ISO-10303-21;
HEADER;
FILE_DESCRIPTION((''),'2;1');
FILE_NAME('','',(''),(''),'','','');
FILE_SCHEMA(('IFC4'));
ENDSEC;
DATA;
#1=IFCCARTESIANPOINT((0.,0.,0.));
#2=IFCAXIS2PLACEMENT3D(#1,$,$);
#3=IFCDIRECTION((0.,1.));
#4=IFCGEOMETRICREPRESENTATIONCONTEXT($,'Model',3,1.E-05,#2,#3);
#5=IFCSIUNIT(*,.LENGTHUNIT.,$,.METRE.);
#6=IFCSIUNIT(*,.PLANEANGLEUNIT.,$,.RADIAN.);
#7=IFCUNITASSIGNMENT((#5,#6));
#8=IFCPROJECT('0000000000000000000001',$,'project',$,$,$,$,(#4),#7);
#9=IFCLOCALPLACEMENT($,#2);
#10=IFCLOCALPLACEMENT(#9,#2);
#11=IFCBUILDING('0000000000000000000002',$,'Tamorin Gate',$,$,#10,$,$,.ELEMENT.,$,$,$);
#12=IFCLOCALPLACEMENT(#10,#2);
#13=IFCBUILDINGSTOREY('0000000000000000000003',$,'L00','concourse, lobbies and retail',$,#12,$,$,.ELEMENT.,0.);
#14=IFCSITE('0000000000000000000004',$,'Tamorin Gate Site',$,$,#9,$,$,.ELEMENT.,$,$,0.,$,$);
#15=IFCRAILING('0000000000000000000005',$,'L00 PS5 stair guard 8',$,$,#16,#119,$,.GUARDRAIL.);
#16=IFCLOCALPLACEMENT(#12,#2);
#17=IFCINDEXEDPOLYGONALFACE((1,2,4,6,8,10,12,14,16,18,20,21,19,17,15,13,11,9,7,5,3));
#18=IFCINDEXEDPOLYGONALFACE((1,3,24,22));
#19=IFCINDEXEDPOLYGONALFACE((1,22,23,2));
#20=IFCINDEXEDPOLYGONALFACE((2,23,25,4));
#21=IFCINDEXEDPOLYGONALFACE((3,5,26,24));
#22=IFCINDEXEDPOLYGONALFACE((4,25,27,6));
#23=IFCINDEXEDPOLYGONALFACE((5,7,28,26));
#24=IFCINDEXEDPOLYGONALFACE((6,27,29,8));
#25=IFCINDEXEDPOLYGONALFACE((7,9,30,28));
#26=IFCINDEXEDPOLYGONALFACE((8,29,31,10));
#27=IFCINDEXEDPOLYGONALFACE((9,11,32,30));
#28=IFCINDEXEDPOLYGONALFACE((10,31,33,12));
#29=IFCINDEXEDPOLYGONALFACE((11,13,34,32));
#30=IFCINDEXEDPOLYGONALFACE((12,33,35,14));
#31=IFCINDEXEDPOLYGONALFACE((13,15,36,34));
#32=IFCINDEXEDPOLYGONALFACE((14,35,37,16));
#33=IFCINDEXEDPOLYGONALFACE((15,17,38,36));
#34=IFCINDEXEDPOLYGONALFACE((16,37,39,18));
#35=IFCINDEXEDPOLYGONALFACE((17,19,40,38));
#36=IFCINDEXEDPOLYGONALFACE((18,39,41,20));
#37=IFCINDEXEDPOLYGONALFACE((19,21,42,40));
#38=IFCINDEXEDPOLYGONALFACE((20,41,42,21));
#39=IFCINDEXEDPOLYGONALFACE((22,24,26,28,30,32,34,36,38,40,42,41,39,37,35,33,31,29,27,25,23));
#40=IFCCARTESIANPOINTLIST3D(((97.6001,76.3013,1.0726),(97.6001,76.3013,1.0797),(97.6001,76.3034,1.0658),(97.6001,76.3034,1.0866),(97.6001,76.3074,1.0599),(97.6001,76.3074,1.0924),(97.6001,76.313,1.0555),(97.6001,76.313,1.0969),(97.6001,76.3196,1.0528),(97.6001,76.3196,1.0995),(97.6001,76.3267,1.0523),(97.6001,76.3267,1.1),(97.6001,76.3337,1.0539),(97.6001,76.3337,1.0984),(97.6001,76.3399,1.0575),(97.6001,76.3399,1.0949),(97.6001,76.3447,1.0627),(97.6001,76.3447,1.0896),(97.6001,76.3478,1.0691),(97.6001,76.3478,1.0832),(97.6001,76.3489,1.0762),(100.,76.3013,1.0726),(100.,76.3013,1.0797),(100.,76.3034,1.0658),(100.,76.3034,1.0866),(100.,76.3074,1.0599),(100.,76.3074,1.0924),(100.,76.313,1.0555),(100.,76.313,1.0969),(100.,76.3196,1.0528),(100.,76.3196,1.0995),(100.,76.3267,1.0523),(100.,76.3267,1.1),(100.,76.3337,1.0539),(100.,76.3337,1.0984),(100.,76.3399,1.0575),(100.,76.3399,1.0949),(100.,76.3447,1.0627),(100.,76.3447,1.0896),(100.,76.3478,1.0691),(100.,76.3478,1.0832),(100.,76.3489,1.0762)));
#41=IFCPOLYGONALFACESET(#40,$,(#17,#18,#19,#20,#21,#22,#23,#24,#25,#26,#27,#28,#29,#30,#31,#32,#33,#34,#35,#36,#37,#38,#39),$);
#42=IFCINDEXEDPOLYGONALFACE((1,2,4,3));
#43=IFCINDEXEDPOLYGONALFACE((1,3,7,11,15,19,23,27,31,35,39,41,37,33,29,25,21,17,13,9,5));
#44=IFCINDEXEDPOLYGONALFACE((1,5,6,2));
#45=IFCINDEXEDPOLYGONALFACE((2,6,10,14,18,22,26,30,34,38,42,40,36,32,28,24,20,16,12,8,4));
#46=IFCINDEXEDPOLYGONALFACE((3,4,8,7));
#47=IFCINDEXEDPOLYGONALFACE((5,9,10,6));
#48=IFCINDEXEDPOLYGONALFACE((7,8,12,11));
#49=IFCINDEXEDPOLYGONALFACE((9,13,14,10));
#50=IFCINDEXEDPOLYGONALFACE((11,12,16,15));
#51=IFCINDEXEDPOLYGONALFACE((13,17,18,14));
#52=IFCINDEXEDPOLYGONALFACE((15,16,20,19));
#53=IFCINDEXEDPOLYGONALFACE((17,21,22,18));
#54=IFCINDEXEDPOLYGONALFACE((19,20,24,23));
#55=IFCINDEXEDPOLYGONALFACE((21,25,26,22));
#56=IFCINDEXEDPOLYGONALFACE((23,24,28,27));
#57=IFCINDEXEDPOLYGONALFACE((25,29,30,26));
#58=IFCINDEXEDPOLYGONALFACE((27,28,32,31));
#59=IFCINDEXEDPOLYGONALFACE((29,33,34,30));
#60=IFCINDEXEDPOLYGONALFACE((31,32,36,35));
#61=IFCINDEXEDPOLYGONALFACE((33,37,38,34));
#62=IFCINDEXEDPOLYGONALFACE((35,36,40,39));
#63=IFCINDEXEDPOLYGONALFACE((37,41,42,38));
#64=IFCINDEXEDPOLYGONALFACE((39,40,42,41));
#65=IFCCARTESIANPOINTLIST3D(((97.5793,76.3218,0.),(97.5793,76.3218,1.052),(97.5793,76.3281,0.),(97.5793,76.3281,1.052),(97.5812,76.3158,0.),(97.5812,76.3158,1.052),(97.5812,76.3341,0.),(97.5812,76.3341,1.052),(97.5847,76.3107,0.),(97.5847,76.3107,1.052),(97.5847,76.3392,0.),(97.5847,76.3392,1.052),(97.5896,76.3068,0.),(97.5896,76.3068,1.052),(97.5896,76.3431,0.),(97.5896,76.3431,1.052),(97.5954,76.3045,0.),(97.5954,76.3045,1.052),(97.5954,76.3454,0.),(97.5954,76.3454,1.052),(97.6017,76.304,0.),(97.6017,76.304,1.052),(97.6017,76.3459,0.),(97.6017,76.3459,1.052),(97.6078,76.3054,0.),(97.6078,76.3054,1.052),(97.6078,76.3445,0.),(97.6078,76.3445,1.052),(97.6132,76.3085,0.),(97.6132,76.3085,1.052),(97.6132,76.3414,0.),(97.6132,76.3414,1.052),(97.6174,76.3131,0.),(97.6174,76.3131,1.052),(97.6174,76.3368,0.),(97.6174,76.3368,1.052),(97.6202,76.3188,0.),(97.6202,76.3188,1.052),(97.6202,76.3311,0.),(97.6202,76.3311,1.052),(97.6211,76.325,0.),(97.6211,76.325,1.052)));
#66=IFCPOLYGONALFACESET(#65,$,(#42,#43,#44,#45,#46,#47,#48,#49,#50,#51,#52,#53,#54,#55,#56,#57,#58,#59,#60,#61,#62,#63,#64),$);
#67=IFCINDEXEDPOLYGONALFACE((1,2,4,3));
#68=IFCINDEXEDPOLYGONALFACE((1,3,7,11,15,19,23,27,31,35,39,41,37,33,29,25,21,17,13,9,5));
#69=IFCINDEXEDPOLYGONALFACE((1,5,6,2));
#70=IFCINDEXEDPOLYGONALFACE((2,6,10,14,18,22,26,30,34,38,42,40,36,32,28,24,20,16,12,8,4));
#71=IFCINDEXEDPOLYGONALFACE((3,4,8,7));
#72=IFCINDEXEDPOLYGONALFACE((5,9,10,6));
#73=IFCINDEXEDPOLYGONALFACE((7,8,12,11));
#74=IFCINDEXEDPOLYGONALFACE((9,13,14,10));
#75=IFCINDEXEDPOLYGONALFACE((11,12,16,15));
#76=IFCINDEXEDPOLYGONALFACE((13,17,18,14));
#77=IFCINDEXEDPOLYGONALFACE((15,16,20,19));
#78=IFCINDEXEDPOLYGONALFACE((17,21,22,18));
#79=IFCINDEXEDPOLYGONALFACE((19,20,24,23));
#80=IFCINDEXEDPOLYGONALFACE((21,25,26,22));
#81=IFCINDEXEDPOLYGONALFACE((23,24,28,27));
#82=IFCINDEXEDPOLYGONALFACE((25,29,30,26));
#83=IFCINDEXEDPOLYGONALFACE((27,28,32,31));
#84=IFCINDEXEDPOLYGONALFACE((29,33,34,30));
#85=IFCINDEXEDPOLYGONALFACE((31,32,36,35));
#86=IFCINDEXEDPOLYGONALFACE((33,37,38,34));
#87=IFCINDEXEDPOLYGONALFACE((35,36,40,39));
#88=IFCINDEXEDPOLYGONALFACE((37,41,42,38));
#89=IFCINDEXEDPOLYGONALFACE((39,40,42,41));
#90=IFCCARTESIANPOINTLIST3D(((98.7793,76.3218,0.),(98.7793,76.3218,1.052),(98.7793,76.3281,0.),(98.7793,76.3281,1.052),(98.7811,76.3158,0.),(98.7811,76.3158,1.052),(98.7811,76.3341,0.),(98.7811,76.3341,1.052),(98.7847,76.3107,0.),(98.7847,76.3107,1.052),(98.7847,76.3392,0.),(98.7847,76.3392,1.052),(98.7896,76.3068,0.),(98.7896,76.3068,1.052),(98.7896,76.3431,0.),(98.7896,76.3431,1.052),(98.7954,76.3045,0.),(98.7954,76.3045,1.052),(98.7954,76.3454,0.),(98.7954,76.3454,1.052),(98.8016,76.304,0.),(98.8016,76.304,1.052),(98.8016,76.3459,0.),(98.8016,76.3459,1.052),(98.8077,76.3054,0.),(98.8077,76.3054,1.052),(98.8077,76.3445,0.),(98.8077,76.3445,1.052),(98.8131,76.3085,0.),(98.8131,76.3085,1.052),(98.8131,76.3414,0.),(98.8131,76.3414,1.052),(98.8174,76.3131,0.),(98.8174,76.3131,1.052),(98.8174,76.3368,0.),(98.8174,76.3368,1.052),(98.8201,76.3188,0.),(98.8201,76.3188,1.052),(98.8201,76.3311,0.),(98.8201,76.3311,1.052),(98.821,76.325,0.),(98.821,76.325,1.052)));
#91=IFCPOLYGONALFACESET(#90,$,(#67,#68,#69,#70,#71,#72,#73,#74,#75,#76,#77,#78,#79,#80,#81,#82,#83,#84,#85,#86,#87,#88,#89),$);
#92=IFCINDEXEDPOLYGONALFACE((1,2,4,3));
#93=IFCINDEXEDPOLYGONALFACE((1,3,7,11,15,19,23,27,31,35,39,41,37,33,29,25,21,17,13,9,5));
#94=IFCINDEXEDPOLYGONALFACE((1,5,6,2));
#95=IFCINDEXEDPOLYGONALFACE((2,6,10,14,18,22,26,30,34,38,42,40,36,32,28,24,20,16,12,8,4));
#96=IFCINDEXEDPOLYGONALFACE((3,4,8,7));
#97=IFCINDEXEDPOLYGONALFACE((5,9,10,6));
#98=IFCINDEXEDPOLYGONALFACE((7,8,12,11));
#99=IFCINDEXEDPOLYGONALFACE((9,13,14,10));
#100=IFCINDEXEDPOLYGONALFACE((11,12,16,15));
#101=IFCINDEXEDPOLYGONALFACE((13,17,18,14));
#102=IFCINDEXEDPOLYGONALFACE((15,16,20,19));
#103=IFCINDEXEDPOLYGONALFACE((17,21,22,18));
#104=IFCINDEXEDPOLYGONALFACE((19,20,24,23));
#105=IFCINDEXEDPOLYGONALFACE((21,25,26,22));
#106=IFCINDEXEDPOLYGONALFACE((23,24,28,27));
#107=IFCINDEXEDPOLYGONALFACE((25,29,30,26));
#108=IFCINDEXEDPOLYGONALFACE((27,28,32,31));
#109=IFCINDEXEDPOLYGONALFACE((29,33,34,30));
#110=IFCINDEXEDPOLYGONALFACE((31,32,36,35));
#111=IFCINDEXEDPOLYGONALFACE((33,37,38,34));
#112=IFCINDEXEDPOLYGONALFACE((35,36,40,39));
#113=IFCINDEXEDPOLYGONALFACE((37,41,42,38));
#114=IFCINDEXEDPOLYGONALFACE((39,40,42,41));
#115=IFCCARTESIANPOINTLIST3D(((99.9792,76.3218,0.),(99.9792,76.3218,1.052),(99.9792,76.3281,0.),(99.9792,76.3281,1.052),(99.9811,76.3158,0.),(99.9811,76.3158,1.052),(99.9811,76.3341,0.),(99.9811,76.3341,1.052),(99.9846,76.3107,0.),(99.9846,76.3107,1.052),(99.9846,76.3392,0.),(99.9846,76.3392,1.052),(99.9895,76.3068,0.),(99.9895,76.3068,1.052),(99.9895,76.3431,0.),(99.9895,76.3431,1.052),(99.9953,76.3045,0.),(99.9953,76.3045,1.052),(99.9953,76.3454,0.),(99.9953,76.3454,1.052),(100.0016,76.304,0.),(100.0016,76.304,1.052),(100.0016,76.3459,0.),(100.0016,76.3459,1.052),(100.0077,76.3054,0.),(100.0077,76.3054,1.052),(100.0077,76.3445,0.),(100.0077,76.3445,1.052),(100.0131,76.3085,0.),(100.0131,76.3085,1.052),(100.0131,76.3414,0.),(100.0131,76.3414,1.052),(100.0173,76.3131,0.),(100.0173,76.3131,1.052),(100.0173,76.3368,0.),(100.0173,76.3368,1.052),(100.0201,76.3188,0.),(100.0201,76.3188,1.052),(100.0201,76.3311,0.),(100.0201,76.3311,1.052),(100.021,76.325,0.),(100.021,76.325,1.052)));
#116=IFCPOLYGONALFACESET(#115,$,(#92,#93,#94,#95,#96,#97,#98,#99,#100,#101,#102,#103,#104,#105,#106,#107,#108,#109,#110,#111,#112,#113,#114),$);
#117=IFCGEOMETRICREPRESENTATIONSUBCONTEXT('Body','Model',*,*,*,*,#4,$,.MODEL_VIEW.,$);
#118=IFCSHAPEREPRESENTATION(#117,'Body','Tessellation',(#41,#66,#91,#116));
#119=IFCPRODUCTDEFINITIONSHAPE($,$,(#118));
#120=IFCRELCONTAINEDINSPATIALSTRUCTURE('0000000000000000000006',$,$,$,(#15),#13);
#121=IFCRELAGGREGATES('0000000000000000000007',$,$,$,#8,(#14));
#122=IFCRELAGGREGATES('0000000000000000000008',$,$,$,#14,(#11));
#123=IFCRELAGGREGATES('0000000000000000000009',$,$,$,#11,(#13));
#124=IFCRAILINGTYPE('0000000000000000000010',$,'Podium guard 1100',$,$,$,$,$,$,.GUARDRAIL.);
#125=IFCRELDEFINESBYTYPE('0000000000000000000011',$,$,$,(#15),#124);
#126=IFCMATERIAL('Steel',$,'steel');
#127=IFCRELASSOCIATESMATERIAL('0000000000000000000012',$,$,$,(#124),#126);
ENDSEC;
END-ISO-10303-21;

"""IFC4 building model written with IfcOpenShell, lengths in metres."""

from ifc_helpers import new_model, si_unit, direction, frame, origin, origin_2d, place, context, subcontext, project, spatial, circle, extrude, material, type_object, element, save


model = new_model("IFC4")

# Units and contexts
model_context = context("Model", 3, precision=1e-05, world=origin(), true_north=direction((0.0, 1.0)))
body_context = subcontext(model_context, "Body", "Model", "MODEL_VIEW")
ifc_project = project(units=[si_unit("LENGTHUNIT", "METRE"), si_unit("PLANEANGLEUNIT", "RADIAN")], contexts=[model_context])

# Site, building, storey
site_placement = place(None, origin())
site = spatial("IfcSite", under=ifc_project, at=site_placement, Name="Tamorin Gate Site", CompositionType="ELEMENT", RefElevation=0.0)
building_placement = place(site_placement, origin())
building = spatial("IfcBuilding", under=site, at=building_placement, Name="Tamorin Gate", CompositionType="ELEMENT")
storey_placement = place(building_placement, origin())
storey = spatial("IfcBuildingStorey", under=building, at=storey_placement, Name="L00", Description="concourse, lobbies and retail", CompositionType="ELEMENT", Elevation=0.0)

# Railing
ifc_material_1 = material(Name="Steel", Category="steel")
railing_type_1 = type_object("IfcRailingType", Name="Podium guard 1100", PredefinedType="GUARDRAIL", material=ifc_material_1)
railing_1_placement = place(storey_placement, frame((97.6001, 76.325, 0.0)))
element("IfcRailing", 1, at=railing_1_placement, inside=storey, type_object=railing_type_1, Name="L00 PS5 stair guard 8", PredefinedType="GUARDRAIL", context=body_context, shape_type="SweptSolid", body=[
    extrude(circle(Radius=0.0239, at=origin_2d()), frame((0.0, 0.0, 1.0762), z_axis=(1.0, 0.0, 0.0), x_axis=(0.0, 1.0, 0.0)), (0.0, 0.0, 1.0), 2.3999),
    extrude(circle(Radius=0.021, at=origin_2d()), origin(), (0.0, 0.0, 1.0), 1.052),
    extrude(circle(Radius=0.021, at=origin_2d()), frame((1.2, 0.0, 0.0)), (0.0, 0.0, 1.0), 1.052),
    extrude(circle(Radius=0.021, at=origin_2d()), frame((2.3999, 0.0, 0.0)), (0.0, 0.0, 1.0), 1.052),
])

save(model, "model.ifc")
